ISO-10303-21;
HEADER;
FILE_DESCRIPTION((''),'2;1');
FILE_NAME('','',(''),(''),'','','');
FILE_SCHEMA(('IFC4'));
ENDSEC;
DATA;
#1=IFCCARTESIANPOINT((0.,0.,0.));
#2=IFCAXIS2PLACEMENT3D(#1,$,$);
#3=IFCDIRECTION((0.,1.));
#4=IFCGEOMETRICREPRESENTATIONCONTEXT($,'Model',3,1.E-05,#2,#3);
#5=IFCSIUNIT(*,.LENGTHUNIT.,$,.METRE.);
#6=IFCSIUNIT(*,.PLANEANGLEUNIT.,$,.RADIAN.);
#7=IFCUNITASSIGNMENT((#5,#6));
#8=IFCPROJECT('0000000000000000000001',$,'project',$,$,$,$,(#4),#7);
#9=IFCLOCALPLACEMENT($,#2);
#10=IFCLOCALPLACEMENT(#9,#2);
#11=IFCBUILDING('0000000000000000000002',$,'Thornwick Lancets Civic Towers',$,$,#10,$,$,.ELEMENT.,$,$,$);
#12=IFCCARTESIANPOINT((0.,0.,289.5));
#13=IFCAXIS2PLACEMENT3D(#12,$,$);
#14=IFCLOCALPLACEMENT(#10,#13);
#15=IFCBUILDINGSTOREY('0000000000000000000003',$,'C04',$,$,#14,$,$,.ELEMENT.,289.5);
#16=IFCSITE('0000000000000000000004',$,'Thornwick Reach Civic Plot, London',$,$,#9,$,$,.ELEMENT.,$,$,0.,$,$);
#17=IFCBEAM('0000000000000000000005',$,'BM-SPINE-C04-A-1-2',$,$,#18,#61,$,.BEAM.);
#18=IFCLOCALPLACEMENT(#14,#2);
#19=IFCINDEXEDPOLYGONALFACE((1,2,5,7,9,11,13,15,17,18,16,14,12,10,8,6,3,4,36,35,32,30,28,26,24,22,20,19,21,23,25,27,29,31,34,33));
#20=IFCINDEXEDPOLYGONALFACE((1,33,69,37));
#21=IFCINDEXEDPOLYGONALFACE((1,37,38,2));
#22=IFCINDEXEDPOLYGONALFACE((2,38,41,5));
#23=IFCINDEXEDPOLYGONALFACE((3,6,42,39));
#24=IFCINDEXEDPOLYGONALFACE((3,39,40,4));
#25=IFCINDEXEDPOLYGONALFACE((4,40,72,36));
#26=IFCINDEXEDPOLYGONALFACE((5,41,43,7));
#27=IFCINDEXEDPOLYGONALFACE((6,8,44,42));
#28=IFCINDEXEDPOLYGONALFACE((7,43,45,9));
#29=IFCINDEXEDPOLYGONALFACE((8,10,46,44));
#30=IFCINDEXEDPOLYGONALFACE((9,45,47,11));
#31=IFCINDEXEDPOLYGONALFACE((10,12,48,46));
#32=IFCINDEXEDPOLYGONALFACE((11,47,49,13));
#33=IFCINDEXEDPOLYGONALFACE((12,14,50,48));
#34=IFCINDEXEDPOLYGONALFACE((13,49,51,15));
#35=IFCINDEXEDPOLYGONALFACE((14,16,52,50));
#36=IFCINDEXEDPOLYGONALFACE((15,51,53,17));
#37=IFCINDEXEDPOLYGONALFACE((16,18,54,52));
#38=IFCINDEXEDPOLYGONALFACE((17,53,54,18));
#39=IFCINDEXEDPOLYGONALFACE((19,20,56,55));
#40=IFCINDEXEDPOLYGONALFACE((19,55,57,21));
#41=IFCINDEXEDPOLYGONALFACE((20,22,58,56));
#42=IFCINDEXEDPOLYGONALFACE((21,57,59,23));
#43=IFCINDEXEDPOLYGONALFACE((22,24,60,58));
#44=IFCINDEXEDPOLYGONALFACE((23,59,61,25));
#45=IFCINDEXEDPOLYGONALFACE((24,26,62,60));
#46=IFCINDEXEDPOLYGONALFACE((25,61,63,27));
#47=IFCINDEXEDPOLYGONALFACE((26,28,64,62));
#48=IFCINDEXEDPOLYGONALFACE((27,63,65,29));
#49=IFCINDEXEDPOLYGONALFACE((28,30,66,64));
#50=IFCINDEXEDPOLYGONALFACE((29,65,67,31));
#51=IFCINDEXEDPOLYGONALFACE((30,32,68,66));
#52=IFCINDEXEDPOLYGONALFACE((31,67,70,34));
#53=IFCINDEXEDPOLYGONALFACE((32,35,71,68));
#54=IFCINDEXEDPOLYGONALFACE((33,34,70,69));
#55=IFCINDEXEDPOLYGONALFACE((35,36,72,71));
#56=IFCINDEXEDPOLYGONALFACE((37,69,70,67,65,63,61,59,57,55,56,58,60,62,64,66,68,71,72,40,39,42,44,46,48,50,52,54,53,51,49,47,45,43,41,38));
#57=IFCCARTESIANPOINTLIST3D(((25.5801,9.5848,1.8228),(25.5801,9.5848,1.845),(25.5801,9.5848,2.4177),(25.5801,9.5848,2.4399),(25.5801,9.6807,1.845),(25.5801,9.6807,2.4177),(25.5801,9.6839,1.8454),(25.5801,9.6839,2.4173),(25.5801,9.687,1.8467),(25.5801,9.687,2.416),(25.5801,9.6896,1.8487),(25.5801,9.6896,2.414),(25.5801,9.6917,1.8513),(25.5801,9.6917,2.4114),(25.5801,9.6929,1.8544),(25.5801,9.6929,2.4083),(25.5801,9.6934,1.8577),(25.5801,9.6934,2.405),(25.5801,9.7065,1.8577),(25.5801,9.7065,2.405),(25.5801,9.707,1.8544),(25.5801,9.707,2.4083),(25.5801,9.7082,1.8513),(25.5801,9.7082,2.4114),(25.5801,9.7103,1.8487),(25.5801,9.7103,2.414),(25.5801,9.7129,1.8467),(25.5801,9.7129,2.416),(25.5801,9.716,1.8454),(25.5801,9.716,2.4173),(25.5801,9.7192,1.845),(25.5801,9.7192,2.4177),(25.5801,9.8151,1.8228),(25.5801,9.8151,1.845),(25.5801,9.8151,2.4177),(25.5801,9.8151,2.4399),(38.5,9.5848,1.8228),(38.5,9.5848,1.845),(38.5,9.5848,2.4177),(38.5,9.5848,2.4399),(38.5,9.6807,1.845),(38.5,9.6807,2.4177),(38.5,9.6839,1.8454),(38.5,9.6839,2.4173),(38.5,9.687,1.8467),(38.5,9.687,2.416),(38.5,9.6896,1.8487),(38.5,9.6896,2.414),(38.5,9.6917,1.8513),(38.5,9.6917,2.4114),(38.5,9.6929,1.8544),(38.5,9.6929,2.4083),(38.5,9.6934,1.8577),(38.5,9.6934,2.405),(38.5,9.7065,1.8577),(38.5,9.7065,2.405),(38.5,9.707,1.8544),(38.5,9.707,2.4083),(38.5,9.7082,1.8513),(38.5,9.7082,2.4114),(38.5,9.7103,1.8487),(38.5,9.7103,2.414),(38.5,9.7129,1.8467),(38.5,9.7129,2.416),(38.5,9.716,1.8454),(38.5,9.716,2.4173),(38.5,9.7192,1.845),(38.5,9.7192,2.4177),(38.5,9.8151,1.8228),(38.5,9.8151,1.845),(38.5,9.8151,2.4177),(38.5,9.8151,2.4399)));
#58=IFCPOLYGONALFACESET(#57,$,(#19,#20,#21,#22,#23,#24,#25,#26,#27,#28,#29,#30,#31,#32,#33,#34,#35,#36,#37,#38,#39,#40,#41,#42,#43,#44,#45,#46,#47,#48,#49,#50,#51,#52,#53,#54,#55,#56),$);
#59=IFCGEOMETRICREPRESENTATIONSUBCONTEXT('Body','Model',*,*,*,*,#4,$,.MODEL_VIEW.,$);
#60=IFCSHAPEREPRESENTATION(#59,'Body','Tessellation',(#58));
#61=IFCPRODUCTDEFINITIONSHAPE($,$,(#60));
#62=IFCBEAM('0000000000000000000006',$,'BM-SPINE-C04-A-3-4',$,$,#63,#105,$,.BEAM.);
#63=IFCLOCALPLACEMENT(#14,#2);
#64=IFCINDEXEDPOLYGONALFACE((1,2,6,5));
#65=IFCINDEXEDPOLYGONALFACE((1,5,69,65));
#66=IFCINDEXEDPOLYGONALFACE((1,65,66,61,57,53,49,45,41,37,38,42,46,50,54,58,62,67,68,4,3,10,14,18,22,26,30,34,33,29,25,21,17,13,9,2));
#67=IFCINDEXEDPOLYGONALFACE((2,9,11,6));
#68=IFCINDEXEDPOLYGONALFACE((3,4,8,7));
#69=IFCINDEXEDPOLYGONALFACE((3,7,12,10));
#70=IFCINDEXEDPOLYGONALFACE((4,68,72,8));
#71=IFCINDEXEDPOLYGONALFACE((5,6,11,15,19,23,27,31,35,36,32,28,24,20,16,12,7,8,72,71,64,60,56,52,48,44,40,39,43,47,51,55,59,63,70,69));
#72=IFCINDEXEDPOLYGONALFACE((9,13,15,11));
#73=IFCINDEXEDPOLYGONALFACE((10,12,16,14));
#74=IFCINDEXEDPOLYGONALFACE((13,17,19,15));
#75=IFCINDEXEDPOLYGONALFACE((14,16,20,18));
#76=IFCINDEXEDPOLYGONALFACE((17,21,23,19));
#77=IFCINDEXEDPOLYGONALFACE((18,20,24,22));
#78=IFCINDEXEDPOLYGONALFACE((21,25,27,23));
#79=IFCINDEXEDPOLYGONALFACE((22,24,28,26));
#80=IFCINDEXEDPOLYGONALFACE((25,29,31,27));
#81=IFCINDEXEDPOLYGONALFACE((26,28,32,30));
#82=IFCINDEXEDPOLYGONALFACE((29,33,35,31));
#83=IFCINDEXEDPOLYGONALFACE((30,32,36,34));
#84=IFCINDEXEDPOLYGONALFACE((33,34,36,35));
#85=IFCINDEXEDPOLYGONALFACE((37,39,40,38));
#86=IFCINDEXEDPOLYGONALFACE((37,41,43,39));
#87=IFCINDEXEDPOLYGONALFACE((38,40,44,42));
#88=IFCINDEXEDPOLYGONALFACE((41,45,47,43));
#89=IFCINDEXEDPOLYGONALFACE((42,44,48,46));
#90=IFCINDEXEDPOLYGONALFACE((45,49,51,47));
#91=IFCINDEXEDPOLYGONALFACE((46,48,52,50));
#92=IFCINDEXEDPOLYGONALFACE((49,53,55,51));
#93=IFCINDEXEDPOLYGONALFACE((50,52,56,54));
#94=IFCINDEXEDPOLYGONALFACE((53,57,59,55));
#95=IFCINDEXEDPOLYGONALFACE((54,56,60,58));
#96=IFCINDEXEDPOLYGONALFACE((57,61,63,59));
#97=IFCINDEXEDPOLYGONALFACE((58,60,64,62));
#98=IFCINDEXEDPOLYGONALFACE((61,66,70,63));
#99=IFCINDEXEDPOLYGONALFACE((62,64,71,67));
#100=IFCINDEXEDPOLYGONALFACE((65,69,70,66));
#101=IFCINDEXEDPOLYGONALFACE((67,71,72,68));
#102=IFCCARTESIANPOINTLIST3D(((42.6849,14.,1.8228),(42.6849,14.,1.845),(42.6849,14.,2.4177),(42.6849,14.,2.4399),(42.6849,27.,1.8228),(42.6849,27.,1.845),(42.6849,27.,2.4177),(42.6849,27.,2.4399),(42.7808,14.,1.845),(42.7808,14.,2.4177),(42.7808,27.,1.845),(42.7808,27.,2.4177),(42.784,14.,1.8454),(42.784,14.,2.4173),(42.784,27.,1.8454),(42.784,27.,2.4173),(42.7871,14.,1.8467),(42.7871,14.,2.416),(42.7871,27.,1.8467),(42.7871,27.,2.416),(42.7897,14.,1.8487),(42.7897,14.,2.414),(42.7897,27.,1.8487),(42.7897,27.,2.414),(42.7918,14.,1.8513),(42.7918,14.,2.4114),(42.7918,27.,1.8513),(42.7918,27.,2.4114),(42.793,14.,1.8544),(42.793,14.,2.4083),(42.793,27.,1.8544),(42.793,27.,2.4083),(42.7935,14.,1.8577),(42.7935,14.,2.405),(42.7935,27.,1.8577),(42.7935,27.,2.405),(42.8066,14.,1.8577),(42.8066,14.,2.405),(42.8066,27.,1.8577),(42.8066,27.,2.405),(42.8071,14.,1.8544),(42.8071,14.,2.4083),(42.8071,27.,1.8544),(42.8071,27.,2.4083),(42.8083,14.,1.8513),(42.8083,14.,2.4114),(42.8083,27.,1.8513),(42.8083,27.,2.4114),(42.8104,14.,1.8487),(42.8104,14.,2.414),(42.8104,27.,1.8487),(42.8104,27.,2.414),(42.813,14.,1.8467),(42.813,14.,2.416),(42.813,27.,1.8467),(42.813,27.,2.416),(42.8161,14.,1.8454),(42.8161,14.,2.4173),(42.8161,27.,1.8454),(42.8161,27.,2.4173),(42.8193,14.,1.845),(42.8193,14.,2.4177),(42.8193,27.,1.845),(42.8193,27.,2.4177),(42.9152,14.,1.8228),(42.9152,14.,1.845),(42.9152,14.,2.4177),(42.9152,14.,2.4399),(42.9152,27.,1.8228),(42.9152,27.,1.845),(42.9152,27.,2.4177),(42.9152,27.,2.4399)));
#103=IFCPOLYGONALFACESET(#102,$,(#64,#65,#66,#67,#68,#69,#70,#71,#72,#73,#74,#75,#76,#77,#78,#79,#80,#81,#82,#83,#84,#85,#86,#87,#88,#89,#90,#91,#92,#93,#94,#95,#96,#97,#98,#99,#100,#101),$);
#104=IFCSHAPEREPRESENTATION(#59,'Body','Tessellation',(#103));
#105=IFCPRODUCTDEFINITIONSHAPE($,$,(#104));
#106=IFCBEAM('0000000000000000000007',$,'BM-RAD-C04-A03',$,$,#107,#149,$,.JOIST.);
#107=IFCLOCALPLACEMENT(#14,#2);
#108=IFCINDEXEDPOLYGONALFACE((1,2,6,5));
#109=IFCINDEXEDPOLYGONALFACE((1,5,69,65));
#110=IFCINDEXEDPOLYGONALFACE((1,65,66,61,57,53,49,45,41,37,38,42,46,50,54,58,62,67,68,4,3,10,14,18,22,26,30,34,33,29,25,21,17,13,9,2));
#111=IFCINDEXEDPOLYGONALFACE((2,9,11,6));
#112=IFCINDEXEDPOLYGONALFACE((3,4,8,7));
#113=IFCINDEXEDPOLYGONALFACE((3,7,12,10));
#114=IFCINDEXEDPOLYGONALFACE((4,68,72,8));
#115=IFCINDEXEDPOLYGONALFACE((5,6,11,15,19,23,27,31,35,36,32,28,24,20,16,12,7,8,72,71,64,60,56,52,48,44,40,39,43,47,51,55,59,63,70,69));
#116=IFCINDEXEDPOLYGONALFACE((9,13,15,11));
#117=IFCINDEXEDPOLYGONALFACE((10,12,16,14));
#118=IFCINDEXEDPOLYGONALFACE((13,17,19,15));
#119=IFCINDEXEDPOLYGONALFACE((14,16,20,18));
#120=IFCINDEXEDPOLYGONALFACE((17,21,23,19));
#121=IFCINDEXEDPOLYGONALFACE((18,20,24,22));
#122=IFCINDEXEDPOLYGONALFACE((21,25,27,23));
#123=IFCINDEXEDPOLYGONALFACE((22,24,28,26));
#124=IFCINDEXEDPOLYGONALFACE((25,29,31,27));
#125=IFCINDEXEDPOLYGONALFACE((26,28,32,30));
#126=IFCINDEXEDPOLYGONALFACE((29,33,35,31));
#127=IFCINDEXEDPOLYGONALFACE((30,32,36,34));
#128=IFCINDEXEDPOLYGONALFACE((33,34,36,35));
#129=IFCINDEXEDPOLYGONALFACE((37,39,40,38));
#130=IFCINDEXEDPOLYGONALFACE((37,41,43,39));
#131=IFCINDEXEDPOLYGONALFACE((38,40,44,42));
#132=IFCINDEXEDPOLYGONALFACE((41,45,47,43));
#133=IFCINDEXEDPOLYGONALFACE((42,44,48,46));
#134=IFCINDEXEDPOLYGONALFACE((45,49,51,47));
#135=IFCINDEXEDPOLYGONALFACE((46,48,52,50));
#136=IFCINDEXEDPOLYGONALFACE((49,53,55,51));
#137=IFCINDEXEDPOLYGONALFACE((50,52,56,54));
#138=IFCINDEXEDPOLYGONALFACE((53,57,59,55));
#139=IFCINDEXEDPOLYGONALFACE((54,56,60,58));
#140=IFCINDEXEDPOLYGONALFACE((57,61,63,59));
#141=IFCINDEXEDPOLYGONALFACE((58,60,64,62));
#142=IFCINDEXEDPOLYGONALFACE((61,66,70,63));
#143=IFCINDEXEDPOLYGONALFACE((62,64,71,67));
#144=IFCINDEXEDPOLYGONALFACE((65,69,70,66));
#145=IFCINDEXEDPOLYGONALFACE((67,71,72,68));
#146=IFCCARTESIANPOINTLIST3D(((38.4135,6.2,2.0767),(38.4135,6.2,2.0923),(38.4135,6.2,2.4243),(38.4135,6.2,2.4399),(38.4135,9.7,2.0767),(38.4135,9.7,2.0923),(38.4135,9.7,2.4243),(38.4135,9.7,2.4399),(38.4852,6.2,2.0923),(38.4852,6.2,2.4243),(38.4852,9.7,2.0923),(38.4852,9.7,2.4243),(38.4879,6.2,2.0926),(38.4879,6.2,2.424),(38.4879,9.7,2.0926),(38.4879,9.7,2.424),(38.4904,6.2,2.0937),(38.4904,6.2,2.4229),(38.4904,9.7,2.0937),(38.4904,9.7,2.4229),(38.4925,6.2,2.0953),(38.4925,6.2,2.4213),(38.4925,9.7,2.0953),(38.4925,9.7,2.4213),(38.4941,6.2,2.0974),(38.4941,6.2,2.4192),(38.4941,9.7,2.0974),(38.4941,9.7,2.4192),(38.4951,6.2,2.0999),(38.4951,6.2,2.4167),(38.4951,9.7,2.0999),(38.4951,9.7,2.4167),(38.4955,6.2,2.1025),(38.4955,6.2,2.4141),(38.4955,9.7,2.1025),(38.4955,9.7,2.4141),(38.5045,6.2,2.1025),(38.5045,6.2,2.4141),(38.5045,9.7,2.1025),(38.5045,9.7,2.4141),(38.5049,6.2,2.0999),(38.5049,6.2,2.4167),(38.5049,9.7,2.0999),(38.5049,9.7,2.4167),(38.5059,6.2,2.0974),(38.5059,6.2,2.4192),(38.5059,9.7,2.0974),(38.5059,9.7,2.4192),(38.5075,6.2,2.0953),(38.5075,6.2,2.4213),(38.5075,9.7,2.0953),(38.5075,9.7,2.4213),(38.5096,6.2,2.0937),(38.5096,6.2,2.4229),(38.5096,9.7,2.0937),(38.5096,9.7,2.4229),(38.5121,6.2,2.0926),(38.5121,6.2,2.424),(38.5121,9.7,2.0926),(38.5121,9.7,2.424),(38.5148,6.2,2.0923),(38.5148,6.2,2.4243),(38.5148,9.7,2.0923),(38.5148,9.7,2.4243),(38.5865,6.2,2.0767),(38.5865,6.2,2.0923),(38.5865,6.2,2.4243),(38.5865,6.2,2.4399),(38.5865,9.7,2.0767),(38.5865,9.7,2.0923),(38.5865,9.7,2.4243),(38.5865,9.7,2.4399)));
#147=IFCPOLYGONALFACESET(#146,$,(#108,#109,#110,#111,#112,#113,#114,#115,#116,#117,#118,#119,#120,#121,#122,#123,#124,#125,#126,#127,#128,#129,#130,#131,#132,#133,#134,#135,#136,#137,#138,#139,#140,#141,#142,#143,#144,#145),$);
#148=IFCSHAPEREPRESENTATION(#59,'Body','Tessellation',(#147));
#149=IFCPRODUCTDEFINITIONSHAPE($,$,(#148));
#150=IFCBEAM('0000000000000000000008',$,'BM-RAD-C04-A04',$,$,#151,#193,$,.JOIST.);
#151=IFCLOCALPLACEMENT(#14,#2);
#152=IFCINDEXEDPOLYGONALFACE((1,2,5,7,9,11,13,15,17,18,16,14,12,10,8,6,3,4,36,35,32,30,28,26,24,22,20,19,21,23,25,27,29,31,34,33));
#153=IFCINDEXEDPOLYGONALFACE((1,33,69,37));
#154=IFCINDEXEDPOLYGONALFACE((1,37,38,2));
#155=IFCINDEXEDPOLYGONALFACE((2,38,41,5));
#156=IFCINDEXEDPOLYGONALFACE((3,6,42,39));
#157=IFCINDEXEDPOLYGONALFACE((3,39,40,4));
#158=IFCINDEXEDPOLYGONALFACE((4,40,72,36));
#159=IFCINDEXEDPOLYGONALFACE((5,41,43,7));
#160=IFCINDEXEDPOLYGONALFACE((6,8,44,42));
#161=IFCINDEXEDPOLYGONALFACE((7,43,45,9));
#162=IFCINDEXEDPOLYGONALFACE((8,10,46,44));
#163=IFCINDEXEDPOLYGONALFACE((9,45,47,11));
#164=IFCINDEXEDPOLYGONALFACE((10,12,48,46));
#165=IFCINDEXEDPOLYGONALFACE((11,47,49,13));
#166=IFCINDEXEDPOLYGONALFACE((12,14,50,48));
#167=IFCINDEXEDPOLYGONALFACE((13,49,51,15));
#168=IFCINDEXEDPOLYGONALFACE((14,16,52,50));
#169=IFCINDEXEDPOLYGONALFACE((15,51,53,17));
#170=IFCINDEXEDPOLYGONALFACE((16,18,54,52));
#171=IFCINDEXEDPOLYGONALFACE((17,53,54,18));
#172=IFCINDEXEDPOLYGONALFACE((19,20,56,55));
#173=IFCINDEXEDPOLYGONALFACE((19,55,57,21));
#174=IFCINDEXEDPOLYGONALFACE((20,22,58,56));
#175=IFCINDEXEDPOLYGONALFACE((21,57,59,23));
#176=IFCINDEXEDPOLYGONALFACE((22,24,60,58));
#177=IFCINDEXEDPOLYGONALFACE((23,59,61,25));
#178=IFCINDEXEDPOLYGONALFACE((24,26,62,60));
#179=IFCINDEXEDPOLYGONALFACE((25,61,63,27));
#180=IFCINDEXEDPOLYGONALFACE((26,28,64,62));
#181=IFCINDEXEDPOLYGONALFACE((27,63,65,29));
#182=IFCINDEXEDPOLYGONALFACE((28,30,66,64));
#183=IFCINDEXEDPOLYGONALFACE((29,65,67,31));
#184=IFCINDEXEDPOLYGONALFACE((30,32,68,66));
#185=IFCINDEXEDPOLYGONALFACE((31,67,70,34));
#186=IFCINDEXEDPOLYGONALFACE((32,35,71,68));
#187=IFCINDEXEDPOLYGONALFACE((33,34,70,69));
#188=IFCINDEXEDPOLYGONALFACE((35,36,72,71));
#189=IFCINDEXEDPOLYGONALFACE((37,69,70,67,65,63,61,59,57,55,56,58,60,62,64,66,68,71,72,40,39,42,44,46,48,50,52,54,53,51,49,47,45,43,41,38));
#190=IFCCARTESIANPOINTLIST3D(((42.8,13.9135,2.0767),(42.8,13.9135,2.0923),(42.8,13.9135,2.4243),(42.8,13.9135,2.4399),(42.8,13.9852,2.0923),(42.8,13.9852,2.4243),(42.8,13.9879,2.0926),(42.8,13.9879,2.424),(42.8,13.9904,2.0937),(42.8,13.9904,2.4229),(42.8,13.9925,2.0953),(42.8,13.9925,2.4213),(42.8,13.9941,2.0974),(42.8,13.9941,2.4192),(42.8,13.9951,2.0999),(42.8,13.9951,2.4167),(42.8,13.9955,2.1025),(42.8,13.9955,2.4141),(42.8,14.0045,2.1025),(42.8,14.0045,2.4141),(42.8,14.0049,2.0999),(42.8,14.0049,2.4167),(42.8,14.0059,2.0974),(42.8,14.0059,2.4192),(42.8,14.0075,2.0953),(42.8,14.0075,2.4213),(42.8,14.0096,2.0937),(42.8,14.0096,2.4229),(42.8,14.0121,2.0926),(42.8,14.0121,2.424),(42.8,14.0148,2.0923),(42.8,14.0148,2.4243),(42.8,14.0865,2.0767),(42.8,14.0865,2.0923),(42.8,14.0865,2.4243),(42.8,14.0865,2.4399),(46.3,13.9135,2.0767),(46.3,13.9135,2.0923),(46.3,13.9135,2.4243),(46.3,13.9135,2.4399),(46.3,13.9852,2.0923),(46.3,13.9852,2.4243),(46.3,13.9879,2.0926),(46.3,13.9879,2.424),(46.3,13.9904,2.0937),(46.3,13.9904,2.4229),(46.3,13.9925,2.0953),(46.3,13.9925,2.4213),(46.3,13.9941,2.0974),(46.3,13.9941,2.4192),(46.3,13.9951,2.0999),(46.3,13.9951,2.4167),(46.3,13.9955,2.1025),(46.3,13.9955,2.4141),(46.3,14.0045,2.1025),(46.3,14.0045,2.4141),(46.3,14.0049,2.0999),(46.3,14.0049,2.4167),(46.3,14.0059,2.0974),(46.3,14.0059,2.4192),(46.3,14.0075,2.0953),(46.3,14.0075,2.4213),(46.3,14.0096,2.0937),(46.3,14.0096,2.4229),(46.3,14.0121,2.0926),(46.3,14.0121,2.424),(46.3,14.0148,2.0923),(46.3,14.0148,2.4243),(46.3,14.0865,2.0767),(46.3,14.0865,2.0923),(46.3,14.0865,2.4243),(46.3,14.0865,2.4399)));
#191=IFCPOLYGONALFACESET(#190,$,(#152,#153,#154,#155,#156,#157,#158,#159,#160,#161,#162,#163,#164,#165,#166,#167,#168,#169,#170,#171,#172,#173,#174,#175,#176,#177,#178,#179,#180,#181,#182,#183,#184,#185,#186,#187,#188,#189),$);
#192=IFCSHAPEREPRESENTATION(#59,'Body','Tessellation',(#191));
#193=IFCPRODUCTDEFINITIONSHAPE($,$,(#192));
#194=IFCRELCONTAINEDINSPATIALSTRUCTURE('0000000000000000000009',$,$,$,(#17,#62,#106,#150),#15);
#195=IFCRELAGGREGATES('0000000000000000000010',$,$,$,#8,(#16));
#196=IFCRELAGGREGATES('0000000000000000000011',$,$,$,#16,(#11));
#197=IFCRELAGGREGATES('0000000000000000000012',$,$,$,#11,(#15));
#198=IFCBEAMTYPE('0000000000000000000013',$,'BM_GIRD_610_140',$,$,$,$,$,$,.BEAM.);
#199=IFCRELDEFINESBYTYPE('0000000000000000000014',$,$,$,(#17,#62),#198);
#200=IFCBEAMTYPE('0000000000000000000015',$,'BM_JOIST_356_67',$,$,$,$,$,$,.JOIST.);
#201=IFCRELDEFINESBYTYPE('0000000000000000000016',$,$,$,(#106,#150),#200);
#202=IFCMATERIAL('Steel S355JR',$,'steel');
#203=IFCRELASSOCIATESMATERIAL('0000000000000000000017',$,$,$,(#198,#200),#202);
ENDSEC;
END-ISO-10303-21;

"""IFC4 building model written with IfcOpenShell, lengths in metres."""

from ifc_helpers import new_model, si_unit, direction, frame, origin, origin_2d, place, context, subcontext, project, spatial, i_section, extrude, material, material_profile, profile_set, type_object, element, save


model = new_model("IFC4")

# Units and contexts
model_context = context("Model", 3, precision=1e-05, world=origin(), true_north=direction((0.0, 1.0)))
body_context = subcontext(model_context, "Body", "Model", "MODEL_VIEW")
ifc_project = project(units=[si_unit("LENGTHUNIT", "METRE"), si_unit("PLANEANGLEUNIT", "RADIAN")], contexts=[model_context])

# Site, building, storey
site_placement = place(None, origin())
site = spatial("IfcSite", under=ifc_project, at=site_placement, Name="Thornwick Reach Civic Plot, London", CompositionType="ELEMENT", RefElevation=0.0)
building_placement = place(site_placement, origin())
building = spatial("IfcBuilding", under=site, at=building_placement, Name="Thornwick Lancets Civic Towers", CompositionType="ELEMENT")
storey_placement = place(building_placement, frame((0.0, 0.0, 289.5)))
storey = spatial("IfcBuildingStorey", under=building, at=storey_placement, Name="C04", CompositionType="ELEMENT", Elevation=289.5)

# Shared definitions
ifc_material_1 = material(Name="Steel S355JR", Category="steel")

# Beams
ifc_material_profile_1 = material_profile(ifc_material_1, i_section(OverallWidth=0.2302, OverallDepth=0.6172, WebThickness=0.0132, FlangeThickness=0.0222, FilletRadius=0.0127, at=origin_2d()), Name="UKB 610x229x140")
ifc_profile_set_1 = profile_set([ifc_material_profile_1], Name="Steel S355JR")
beam_type_1 = type_object("IfcBeamType", Name="BM_GIRD_610_140", PredefinedType="BEAM", material=ifc_profile_set_1)
beam_1_placement = place(storey_placement, frame((25.5801, 9.7, 2.1313), z_axis=(1.0, 0.0, 0.0), x_axis=(0.0, 1.0, 0.0)))
element("IfcBeam", 1, at=beam_1_placement, inside=storey, type_object=beam_type_1, Name="BM-SPINE-C04-A-1-2", PredefinedType="BEAM", context=body_context, shape_type="SweptSolid", body=[
    extrude(i_section(OverallWidth=0.2302, OverallDepth=0.6172, WebThickness=0.0132, FlangeThickness=0.0222, FilletRadius=0.0127, at=origin_2d()), origin(), (0.0, 0.0, 1.0), 12.9199),
])
beam_2_placement = place(storey_placement, frame((42.8, 14.0, 2.1313), z_axis=(0.0, 1.0, 0.0), x_axis=(-1.0, 0.0, 0.0)))
element("IfcBeam", 2, at=beam_2_placement, inside=storey, type_object=beam_type_1, Name="BM-SPINE-C04-A-3-4", PredefinedType="BEAM", context=body_context, shape_type="SweptSolid", body=[
    extrude(i_section(OverallWidth=0.2302, OverallDepth=0.6172, WebThickness=0.0132, FlangeThickness=0.0222, FilletRadius=0.0127, at=origin_2d()), origin(), (0.0, 0.0, 1.0), 13.0),
])
ifc_material_profile_2 = material_profile(ifc_material_1, i_section(OverallWidth=0.1731, OverallDepth=0.3633, WebThickness=0.009, FlangeThickness=0.0156, FilletRadius=0.0103, at=origin_2d()), Name="UKB 356x171x67")
ifc_profile_set_2 = profile_set([ifc_material_profile_2], Name="Steel S355JR")
beam_type_2 = type_object("IfcBeamType", Name="BM_JOIST_356_67", PredefinedType="JOIST", material=ifc_profile_set_2)
for number, where, z_axis, x_axis, name in (
    (3, (38.5, 9.7, 2.2583), (0.0, -1.0, 0.0), (1.0, 0.0, 0.0), "BM-RAD-C04-A03"),
    (4, (42.8, 14.0, 2.2583), (1.0, 0.0, 0.0), (0.0, 1.0, 0.0), "BM-RAD-C04-A04"),
):
    element("IfcBeam", number, at=place(storey_placement, frame(where, z_axis=z_axis, x_axis=x_axis)), inside=storey, type_object=beam_type_2, Name=name, PredefinedType="JOIST", context=body_context, shape_type="SweptSolid", body=[
        extrude(i_section(OverallWidth=0.1731, OverallDepth=0.3633, WebThickness=0.009, FlangeThickness=0.0156, FilletRadius=0.0103, at=origin_2d()), origin(), (0.0, 0.0, 1.0), 3.5),
    ])

save(model, "model.ifc")
